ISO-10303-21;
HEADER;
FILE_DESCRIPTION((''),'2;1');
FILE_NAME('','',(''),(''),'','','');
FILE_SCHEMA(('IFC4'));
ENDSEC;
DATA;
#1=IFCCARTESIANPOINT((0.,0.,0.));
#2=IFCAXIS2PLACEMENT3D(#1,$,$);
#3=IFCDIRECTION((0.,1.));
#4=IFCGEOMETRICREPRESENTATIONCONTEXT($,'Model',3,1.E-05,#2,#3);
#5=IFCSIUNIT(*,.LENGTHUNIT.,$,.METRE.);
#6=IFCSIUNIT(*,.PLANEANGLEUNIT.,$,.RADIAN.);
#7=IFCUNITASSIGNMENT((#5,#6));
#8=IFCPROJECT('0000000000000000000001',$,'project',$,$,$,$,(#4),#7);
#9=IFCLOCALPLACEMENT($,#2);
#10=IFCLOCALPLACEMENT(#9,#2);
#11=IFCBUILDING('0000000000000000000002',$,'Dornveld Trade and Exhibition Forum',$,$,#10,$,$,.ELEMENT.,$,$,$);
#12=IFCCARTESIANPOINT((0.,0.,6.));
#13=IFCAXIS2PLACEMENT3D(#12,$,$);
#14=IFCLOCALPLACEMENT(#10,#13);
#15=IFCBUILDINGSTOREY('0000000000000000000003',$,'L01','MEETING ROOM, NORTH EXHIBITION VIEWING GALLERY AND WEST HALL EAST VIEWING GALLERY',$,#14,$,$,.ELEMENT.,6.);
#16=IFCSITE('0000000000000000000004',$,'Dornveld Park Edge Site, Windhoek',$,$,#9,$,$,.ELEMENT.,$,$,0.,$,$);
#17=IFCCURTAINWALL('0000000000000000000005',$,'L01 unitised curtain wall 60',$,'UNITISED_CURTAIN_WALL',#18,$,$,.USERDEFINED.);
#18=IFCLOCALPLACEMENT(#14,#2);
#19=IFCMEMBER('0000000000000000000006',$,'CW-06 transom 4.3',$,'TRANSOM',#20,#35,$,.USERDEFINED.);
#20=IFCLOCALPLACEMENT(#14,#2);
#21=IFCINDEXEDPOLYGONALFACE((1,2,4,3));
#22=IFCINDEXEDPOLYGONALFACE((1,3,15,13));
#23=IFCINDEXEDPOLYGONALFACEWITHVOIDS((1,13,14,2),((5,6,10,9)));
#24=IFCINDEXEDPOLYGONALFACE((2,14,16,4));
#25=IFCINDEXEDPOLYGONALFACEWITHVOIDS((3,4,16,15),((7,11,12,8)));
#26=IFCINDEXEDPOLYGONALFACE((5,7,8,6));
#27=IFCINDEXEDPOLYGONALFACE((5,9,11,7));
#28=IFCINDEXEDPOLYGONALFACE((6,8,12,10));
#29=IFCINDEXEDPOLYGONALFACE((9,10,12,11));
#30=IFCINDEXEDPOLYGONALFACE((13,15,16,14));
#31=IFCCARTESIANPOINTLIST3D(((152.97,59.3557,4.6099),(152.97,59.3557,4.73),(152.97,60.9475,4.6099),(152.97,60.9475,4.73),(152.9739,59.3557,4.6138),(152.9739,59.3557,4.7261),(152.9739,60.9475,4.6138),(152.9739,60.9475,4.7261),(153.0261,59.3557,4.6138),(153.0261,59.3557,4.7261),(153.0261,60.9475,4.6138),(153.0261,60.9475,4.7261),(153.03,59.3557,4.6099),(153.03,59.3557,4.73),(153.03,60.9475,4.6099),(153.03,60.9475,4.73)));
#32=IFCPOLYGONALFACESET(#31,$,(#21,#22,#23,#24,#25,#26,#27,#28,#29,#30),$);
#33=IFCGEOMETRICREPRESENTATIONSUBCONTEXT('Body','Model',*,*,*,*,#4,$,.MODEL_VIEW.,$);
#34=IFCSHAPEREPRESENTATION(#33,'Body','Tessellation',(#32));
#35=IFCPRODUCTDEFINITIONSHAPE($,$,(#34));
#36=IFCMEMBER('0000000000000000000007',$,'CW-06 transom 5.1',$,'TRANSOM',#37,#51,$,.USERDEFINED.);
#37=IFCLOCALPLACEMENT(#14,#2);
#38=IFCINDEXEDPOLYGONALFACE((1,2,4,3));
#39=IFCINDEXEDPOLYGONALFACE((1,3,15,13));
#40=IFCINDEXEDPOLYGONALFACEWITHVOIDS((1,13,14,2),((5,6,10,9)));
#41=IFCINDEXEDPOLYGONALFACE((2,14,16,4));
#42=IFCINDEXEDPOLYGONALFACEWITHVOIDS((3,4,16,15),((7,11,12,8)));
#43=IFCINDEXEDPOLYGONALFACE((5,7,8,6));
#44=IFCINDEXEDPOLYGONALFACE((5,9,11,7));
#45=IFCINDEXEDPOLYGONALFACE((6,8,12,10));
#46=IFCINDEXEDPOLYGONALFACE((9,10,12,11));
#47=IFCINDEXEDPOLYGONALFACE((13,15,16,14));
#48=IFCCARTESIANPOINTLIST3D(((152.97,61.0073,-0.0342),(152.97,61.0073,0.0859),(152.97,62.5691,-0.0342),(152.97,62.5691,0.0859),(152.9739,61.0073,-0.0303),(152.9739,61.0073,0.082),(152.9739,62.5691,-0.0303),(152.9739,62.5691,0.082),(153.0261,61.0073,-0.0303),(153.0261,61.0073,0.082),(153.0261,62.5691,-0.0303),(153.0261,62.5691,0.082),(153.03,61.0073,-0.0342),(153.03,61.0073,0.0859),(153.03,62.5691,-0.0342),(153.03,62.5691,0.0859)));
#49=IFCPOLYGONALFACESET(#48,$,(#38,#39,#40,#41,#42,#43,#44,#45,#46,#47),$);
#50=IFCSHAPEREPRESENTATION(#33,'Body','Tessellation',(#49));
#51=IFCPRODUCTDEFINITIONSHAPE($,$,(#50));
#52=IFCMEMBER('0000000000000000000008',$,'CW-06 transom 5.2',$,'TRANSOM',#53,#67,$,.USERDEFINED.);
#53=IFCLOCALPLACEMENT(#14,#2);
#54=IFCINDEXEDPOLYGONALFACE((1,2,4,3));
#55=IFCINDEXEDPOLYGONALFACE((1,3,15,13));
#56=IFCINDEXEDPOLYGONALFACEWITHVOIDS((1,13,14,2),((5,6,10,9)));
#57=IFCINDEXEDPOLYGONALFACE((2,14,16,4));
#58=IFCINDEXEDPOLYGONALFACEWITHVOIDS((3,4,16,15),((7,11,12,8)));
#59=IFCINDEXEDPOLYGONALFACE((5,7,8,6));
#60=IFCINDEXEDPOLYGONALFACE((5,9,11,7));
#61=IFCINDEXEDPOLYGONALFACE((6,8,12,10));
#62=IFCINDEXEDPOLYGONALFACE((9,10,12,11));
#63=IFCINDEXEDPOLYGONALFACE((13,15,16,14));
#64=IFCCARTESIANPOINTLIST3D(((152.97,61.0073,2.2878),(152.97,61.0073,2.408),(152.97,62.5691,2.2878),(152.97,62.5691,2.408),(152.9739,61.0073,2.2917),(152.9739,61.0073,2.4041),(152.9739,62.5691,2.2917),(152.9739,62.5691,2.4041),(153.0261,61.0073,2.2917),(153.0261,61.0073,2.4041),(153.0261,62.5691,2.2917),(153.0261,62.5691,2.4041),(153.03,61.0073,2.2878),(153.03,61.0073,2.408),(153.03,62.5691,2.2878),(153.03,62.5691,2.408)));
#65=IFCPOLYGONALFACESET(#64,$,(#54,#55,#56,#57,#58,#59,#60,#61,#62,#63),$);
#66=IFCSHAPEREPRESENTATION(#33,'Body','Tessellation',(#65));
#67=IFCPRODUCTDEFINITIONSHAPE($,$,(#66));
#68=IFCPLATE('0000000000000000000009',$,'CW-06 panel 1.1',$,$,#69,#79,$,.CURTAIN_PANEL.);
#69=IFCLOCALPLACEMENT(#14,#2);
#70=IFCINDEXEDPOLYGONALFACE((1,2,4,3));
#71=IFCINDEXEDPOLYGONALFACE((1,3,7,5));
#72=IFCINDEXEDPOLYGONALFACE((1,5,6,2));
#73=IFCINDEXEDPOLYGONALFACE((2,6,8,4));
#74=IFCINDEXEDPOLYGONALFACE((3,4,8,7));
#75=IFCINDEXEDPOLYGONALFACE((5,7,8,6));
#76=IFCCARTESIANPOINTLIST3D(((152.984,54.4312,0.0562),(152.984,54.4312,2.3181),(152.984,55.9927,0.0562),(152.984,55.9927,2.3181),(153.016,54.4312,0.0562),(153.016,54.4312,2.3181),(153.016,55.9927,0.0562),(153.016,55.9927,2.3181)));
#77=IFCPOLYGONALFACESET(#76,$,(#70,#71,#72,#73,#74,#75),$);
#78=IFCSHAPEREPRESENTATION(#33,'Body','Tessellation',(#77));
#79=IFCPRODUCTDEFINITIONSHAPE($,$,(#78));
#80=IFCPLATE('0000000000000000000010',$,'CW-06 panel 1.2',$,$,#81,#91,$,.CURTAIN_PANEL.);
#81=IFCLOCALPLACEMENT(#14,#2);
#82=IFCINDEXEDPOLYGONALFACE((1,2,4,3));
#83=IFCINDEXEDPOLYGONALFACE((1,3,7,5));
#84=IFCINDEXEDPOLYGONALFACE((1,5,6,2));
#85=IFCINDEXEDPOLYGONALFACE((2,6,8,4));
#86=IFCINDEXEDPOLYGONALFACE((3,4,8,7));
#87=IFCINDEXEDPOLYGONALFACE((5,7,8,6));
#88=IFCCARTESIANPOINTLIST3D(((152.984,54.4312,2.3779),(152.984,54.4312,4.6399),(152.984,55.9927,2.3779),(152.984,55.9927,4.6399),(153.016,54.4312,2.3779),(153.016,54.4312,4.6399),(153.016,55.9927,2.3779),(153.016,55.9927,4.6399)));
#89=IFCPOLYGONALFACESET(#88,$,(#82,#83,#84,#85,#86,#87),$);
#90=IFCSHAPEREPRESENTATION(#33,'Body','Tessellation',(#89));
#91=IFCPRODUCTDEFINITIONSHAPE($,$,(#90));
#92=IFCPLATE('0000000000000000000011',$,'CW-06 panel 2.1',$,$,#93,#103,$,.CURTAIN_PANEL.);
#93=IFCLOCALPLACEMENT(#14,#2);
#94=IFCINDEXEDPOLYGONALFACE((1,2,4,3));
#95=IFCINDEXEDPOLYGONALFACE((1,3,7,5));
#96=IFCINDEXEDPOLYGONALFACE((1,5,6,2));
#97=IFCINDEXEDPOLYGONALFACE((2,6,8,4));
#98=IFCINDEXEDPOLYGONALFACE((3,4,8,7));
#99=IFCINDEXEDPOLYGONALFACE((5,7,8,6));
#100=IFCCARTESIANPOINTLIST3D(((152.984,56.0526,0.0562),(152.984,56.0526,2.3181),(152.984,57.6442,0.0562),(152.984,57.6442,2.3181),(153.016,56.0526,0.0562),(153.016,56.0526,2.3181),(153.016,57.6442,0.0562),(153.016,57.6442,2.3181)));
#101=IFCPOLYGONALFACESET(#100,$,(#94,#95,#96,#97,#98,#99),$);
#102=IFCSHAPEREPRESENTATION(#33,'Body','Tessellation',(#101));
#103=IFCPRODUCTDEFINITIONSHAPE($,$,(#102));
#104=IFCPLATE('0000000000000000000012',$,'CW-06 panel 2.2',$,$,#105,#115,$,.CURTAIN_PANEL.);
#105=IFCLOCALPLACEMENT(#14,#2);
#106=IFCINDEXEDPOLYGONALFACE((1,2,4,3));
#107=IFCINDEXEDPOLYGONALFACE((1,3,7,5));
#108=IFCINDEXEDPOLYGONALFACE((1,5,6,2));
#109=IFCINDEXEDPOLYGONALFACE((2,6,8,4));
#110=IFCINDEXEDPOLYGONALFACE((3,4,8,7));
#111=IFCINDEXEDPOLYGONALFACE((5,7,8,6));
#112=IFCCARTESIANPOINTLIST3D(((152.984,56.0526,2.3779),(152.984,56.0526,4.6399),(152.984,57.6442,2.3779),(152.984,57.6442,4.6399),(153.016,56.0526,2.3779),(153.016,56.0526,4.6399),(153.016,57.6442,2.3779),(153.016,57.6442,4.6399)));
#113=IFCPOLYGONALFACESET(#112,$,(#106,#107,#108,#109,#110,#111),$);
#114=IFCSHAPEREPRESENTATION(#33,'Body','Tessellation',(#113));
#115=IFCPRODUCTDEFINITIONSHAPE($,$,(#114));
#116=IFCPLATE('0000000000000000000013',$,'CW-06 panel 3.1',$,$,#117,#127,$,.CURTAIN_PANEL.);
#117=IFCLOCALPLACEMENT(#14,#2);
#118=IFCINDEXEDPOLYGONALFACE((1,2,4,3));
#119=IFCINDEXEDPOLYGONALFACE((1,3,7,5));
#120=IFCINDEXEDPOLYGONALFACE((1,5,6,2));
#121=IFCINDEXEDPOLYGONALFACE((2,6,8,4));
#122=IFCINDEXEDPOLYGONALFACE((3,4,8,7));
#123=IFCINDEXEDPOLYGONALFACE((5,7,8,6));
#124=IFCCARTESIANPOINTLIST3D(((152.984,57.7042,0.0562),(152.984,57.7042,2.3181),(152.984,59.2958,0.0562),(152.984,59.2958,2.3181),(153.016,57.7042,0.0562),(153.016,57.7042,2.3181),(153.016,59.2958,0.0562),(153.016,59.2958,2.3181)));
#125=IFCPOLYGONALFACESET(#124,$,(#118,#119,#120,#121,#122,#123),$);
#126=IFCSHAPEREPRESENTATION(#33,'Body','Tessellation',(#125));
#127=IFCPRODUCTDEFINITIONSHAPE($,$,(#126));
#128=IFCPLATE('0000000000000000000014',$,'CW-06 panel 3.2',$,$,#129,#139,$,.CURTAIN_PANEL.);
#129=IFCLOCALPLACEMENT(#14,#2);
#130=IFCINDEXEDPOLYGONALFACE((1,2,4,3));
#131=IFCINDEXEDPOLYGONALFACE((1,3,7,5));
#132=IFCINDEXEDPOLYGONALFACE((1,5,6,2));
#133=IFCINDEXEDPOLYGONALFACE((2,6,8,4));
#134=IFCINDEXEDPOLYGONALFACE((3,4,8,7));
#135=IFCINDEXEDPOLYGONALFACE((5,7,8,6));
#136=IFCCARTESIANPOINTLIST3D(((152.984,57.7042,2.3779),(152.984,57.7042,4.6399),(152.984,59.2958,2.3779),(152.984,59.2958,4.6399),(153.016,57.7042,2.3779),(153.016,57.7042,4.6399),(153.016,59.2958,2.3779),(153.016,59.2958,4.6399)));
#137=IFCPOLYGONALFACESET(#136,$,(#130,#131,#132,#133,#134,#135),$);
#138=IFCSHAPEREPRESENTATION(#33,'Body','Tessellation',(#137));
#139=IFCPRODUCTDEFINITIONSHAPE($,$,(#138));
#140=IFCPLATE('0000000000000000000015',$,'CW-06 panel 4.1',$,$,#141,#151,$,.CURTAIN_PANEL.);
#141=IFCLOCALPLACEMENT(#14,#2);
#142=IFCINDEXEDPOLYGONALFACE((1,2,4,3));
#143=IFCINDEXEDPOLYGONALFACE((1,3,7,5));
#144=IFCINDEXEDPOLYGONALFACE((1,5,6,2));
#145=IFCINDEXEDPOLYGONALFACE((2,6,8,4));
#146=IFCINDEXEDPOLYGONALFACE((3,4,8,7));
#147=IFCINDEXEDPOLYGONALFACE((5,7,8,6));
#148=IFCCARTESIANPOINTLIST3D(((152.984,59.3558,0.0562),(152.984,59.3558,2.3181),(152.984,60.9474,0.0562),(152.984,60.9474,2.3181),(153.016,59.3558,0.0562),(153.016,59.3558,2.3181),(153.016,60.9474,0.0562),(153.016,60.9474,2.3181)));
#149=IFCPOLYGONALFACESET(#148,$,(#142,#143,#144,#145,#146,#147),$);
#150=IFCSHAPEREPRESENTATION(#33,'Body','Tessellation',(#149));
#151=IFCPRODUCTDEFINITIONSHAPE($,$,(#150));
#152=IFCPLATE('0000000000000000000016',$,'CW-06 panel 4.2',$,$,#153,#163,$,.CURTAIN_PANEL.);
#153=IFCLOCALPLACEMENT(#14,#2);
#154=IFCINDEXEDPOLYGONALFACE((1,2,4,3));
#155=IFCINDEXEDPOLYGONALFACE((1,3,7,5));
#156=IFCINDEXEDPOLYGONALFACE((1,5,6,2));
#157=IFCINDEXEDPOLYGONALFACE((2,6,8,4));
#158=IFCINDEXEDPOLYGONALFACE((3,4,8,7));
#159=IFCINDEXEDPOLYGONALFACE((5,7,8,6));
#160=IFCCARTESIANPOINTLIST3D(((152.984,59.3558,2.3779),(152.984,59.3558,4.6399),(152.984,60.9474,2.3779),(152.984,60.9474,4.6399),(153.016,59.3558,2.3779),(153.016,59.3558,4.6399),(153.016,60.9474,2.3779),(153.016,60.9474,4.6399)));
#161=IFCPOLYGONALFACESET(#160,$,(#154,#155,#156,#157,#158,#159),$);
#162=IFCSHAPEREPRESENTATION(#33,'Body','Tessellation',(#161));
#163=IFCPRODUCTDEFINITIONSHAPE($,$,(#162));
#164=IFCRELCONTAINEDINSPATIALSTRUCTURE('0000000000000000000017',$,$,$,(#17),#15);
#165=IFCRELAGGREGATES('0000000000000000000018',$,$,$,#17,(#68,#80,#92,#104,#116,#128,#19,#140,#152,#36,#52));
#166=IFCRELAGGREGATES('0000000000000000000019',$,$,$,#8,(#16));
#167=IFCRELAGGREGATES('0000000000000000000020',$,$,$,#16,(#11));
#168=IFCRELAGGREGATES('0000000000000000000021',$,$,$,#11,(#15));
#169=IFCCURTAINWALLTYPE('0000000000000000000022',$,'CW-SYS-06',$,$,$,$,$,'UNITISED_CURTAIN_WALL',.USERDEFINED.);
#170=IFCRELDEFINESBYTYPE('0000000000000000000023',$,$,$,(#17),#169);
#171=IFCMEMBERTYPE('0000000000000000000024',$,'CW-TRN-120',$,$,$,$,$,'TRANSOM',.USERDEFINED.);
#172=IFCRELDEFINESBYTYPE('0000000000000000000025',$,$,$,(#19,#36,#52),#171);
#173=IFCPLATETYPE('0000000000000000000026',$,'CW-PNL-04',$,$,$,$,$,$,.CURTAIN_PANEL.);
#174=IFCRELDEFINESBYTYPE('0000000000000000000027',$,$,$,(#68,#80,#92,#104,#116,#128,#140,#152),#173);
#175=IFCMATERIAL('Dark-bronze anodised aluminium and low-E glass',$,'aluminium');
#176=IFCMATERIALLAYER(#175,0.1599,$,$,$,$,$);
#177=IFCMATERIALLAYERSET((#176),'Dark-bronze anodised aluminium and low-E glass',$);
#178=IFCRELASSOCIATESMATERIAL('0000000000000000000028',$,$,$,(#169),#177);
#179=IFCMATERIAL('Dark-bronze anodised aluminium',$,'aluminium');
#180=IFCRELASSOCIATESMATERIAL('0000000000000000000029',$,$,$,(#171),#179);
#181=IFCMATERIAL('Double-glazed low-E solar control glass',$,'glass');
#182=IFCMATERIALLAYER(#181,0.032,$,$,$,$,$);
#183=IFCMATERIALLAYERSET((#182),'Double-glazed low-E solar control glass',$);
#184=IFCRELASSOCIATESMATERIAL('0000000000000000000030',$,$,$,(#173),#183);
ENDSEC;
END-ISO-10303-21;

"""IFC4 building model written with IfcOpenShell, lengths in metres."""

from ifc_helpers import new_model, si_unit, direction, frame, origin, origin_2d, place, context, subcontext, project, spatial, rectangle, hollow_rectangle, extrude, material, layer, layer_set, material_profile, profile_set, type_object, element, aggregate, save


model = new_model("IFC4")

# Units and contexts
model_context = context("Model", 3, precision=1e-05, world=origin(), true_north=direction((0.0, 1.0)))
body_context = subcontext(model_context, "Body", "Model", "MODEL_VIEW")
ifc_project = project(units=[si_unit("LENGTHUNIT", "METRE"), si_unit("PLANEANGLEUNIT", "RADIAN")], contexts=[model_context])

# Site, building, storey
site_placement = place(None, origin())
site = spatial("IfcSite", under=ifc_project, at=site_placement, Name="Dornveld Park Edge Site, Windhoek", CompositionType="ELEMENT", RefElevation=0.0)
building_placement = place(site_placement, origin())
building = spatial("IfcBuilding", under=site, at=building_placement, Name="Dornveld Trade and Exhibition Forum", CompositionType="ELEMENT")
storey_placement = place(building_placement, frame((0.0, 0.0, 6.0)))
storey = spatial("IfcBuildingStorey", under=building, at=storey_placement, Name="L01", Description="MEETING ROOM, NORTH EXHIBITION VIEWING GALLERY AND WEST HALL EAST VIEWING GALLERY", CompositionType="ELEMENT", Elevation=6.0)

# Curtain wall, members, plates
ifc_material_1 = material(Name="Dark-bronze anodised aluminium and low-E glass", Category="aluminium")
ifc_layer_1 = layer(ifc_material_1, 0.1599)
ifc_layer_set_1 = layer_set([ifc_layer_1], Name="Dark-bronze anodised aluminium and low-E glass")
curtain_wall_type = type_object("IfcCurtainWallType", Name="CW-SYS-06", ElementType="UNITISED_CURTAIN_WALL", PredefinedType="USERDEFINED", material=ifc_layer_set_1)
curtain_wall_placement = place(storey_placement, origin())
curtain_wall = element("IfcCurtainWall", 1, at=curtain_wall_placement, inside=storey, type_object=curtain_wall_type, Name="L01 unitised curtain wall 60", ObjectType="UNITISED_CURTAIN_WALL", PredefinedType="USERDEFINED")
ifc_material_2 = material(Name="Dark-bronze anodised aluminium", Category="aluminium")
ifc_material_profile_1 = material_profile(ifc_material_2, hollow_rectangle(XDim=0.0601, YDim=0.1201, WallThickness=0.0039, at=origin_2d()), Name="RHS 120x60x4")
ifc_profile_set_1 = profile_set([ifc_material_profile_1], Name="Dark-bronze anodised aluminium")
member_type_1 = type_object("IfcMemberType", Name="CW-TRN-120", ElementType="TRANSOM", PredefinedType="USERDEFINED", material=ifc_profile_set_1)
member_1_placement = place(storey_placement, frame((153.0, 59.3557, 4.6699), z_axis=(0.0, 1.0, 0.0), x_axis=(-1.0, 0.0, 0.0)))
member_1 = element("IfcMember", 2, at=member_1_placement, type_object=member_type_1, Name="CW-06 transom 4.3", ObjectType="TRANSOM", PredefinedType="USERDEFINED", context=body_context, shape_type="SweptSolid", body=[
    extrude(hollow_rectangle(XDim=0.0601, YDim=0.1201, WallThickness=0.0039, at=origin_2d()), origin(), (0.0, 0.0, 1.0), 1.5918),
])
member_2_placement = place(storey_placement, frame((153.0, 61.0073, 0.0259), z_axis=(0.0, 1.0, 0.0), x_axis=(-1.0, 0.0, 0.0)))
member_2 = element("IfcMember", 3, at=member_2_placement, type_object=member_type_1, Name="CW-06 transom 5.1", ObjectType="TRANSOM", PredefinedType="USERDEFINED", context=body_context, shape_type="SweptSolid", body=[
    extrude(hollow_rectangle(XDim=0.0601, YDim=0.1201, WallThickness=0.0039, at=origin_2d()), origin(), (0.0, 0.0, 1.0), 1.5618),
])
member_3_placement = place(storey_placement, frame((153.0, 61.0073, 2.3479), z_axis=(0.0, 1.0, 0.0), x_axis=(-1.0, 0.0, 0.0)))
member_3 = element("IfcMember", 4, at=member_3_placement, type_object=member_type_1, Name="CW-06 transom 5.2", ObjectType="TRANSOM", PredefinedType="USERDEFINED", context=body_context, shape_type="SweptSolid", body=[
    extrude(hollow_rectangle(XDim=0.0601, YDim=0.1201, WallThickness=0.0039, at=origin_2d()), origin(), (0.0, 0.0, 1.0), 1.5618),
])
ifc_material_3 = material(Name="Double-glazed low-E solar control glass", Category="glass")
ifc_layer_2 = layer(ifc_material_3, 0.032)
ifc_layer_set_2 = layer_set([ifc_layer_2], Name="Double-glazed low-E solar control glass")
plate_type = type_object("IfcPlateType", Name="CW-PNL-04", PredefinedType="CURTAIN_PANEL", material=ifc_layer_set_2)
plate_1_placement = place(storey_placement, frame((153.0, 55.2119, 0.0562), z_axis=(0.0, 0.0, 1.0), x_axis=(0.0, 1.0, 0.0)))
plate_1 = element("IfcPlate", 5, at=plate_1_placement, type_object=plate_type, Name="CW-06 panel 1.1", PredefinedType="CURTAIN_PANEL", context=body_context, shape_type="SweptSolid", body=[
    extrude(rectangle(XDim=1.5615, YDim=0.032, at=origin_2d()), origin(), (0.0, 0.0, 1.0), 2.262),
])
plate_2_placement = place(storey_placement, frame((153.0, 55.2119, 2.3779), z_axis=(0.0, 0.0, 1.0), x_axis=(0.0, 1.0, 0.0)))
plate_2 = element("IfcPlate", 6, at=plate_2_placement, type_object=plate_type, Name="CW-06 panel 1.2", PredefinedType="CURTAIN_PANEL", context=body_context, shape_type="SweptSolid", body=[
    extrude(rectangle(XDim=1.5615, YDim=0.032, at=origin_2d()), origin(), (0.0, 0.0, 1.0), 2.262),
])
plate_3_placement = place(storey_placement, frame((153.0, 56.8484, 0.0562), z_axis=(0.0, 0.0, 1.0), x_axis=(0.0, 1.0, 0.0)))
plate_3 = element("IfcPlate", 7, at=plate_3_placement, type_object=plate_type, Name="CW-06 panel 2.1", PredefinedType="CURTAIN_PANEL", context=body_context, shape_type="SweptSolid", body=[
    extrude(rectangle(XDim=1.5916, YDim=0.032, at=origin_2d()), origin(), (0.0, 0.0, 1.0), 2.262),
])
plate_4_placement = place(storey_placement, frame((153.0, 56.8484, 2.3779), z_axis=(0.0, 0.0, 1.0), x_axis=(0.0, 1.0, 0.0)))
plate_4 = element("IfcPlate", 8, at=plate_4_placement, type_object=plate_type, Name="CW-06 panel 2.2", PredefinedType="CURTAIN_PANEL", context=body_context, shape_type="SweptSolid", body=[
    extrude(rectangle(XDim=1.5916, YDim=0.032, at=origin_2d()), origin(), (0.0, 0.0, 1.0), 2.262),
])
plate_5_placement = place(storey_placement, frame((153.0, 58.5, 0.0562), z_axis=(0.0, 0.0, 1.0), x_axis=(0.0, 1.0, 0.0)))
plate_5 = element("IfcPlate", 9, at=plate_5_placement, type_object=plate_type, Name="CW-06 panel 3.1", PredefinedType="CURTAIN_PANEL", context=body_context, shape_type="SweptSolid", body=[
    extrude(rectangle(XDim=1.5916, YDim=0.032, at=origin_2d()), origin(), (0.0, 0.0, 1.0), 2.262),
])
plate_6_placement = place(storey_placement, frame((153.0, 58.5, 2.3779), z_axis=(0.0, 0.0, 1.0), x_axis=(0.0, 1.0, 0.0)))
plate_6 = element("IfcPlate", 10, at=plate_6_placement, type_object=plate_type, Name="CW-06 panel 3.2", PredefinedType="CURTAIN_PANEL", context=body_context, shape_type="SweptSolid", body=[
    extrude(rectangle(XDim=1.5916, YDim=0.032, at=origin_2d()), origin(), (0.0, 0.0, 1.0), 2.262),
])
plate_7_placement = place(storey_placement, frame((153.0, 60.1516, 0.0562), z_axis=(0.0, 0.0, 1.0), x_axis=(0.0, 1.0, 0.0)))
plate_7 = element("IfcPlate", 11, at=plate_7_placement, type_object=plate_type, Name="CW-06 panel 4.1", PredefinedType="CURTAIN_PANEL", context=body_context, shape_type="SweptSolid", body=[
    extrude(rectangle(XDim=1.5916, YDim=0.032, at=origin_2d()), origin(), (0.0, 0.0, 1.0), 2.262),
])
plate_8_placement = place(storey_placement, frame((153.0, 60.1516, 2.3779), z_axis=(0.0, 0.0, 1.0), x_axis=(0.0, 1.0, 0.0)))
plate_8 = element("IfcPlate", 12, at=plate_8_placement, type_object=plate_type, Name="CW-06 panel 4.2", PredefinedType="CURTAIN_PANEL", context=body_context, shape_type="SweptSolid", body=[
    extrude(rectangle(XDim=1.5916, YDim=0.032, at=origin_2d()), origin(), (0.0, 0.0, 1.0), 2.262),
])
aggregate(curtain_wall, [plate_1, plate_2, plate_3, plate_4, plate_5, plate_6, member_1, plate_7, plate_8, member_2, member_3])

save(model, "model.ifc")
